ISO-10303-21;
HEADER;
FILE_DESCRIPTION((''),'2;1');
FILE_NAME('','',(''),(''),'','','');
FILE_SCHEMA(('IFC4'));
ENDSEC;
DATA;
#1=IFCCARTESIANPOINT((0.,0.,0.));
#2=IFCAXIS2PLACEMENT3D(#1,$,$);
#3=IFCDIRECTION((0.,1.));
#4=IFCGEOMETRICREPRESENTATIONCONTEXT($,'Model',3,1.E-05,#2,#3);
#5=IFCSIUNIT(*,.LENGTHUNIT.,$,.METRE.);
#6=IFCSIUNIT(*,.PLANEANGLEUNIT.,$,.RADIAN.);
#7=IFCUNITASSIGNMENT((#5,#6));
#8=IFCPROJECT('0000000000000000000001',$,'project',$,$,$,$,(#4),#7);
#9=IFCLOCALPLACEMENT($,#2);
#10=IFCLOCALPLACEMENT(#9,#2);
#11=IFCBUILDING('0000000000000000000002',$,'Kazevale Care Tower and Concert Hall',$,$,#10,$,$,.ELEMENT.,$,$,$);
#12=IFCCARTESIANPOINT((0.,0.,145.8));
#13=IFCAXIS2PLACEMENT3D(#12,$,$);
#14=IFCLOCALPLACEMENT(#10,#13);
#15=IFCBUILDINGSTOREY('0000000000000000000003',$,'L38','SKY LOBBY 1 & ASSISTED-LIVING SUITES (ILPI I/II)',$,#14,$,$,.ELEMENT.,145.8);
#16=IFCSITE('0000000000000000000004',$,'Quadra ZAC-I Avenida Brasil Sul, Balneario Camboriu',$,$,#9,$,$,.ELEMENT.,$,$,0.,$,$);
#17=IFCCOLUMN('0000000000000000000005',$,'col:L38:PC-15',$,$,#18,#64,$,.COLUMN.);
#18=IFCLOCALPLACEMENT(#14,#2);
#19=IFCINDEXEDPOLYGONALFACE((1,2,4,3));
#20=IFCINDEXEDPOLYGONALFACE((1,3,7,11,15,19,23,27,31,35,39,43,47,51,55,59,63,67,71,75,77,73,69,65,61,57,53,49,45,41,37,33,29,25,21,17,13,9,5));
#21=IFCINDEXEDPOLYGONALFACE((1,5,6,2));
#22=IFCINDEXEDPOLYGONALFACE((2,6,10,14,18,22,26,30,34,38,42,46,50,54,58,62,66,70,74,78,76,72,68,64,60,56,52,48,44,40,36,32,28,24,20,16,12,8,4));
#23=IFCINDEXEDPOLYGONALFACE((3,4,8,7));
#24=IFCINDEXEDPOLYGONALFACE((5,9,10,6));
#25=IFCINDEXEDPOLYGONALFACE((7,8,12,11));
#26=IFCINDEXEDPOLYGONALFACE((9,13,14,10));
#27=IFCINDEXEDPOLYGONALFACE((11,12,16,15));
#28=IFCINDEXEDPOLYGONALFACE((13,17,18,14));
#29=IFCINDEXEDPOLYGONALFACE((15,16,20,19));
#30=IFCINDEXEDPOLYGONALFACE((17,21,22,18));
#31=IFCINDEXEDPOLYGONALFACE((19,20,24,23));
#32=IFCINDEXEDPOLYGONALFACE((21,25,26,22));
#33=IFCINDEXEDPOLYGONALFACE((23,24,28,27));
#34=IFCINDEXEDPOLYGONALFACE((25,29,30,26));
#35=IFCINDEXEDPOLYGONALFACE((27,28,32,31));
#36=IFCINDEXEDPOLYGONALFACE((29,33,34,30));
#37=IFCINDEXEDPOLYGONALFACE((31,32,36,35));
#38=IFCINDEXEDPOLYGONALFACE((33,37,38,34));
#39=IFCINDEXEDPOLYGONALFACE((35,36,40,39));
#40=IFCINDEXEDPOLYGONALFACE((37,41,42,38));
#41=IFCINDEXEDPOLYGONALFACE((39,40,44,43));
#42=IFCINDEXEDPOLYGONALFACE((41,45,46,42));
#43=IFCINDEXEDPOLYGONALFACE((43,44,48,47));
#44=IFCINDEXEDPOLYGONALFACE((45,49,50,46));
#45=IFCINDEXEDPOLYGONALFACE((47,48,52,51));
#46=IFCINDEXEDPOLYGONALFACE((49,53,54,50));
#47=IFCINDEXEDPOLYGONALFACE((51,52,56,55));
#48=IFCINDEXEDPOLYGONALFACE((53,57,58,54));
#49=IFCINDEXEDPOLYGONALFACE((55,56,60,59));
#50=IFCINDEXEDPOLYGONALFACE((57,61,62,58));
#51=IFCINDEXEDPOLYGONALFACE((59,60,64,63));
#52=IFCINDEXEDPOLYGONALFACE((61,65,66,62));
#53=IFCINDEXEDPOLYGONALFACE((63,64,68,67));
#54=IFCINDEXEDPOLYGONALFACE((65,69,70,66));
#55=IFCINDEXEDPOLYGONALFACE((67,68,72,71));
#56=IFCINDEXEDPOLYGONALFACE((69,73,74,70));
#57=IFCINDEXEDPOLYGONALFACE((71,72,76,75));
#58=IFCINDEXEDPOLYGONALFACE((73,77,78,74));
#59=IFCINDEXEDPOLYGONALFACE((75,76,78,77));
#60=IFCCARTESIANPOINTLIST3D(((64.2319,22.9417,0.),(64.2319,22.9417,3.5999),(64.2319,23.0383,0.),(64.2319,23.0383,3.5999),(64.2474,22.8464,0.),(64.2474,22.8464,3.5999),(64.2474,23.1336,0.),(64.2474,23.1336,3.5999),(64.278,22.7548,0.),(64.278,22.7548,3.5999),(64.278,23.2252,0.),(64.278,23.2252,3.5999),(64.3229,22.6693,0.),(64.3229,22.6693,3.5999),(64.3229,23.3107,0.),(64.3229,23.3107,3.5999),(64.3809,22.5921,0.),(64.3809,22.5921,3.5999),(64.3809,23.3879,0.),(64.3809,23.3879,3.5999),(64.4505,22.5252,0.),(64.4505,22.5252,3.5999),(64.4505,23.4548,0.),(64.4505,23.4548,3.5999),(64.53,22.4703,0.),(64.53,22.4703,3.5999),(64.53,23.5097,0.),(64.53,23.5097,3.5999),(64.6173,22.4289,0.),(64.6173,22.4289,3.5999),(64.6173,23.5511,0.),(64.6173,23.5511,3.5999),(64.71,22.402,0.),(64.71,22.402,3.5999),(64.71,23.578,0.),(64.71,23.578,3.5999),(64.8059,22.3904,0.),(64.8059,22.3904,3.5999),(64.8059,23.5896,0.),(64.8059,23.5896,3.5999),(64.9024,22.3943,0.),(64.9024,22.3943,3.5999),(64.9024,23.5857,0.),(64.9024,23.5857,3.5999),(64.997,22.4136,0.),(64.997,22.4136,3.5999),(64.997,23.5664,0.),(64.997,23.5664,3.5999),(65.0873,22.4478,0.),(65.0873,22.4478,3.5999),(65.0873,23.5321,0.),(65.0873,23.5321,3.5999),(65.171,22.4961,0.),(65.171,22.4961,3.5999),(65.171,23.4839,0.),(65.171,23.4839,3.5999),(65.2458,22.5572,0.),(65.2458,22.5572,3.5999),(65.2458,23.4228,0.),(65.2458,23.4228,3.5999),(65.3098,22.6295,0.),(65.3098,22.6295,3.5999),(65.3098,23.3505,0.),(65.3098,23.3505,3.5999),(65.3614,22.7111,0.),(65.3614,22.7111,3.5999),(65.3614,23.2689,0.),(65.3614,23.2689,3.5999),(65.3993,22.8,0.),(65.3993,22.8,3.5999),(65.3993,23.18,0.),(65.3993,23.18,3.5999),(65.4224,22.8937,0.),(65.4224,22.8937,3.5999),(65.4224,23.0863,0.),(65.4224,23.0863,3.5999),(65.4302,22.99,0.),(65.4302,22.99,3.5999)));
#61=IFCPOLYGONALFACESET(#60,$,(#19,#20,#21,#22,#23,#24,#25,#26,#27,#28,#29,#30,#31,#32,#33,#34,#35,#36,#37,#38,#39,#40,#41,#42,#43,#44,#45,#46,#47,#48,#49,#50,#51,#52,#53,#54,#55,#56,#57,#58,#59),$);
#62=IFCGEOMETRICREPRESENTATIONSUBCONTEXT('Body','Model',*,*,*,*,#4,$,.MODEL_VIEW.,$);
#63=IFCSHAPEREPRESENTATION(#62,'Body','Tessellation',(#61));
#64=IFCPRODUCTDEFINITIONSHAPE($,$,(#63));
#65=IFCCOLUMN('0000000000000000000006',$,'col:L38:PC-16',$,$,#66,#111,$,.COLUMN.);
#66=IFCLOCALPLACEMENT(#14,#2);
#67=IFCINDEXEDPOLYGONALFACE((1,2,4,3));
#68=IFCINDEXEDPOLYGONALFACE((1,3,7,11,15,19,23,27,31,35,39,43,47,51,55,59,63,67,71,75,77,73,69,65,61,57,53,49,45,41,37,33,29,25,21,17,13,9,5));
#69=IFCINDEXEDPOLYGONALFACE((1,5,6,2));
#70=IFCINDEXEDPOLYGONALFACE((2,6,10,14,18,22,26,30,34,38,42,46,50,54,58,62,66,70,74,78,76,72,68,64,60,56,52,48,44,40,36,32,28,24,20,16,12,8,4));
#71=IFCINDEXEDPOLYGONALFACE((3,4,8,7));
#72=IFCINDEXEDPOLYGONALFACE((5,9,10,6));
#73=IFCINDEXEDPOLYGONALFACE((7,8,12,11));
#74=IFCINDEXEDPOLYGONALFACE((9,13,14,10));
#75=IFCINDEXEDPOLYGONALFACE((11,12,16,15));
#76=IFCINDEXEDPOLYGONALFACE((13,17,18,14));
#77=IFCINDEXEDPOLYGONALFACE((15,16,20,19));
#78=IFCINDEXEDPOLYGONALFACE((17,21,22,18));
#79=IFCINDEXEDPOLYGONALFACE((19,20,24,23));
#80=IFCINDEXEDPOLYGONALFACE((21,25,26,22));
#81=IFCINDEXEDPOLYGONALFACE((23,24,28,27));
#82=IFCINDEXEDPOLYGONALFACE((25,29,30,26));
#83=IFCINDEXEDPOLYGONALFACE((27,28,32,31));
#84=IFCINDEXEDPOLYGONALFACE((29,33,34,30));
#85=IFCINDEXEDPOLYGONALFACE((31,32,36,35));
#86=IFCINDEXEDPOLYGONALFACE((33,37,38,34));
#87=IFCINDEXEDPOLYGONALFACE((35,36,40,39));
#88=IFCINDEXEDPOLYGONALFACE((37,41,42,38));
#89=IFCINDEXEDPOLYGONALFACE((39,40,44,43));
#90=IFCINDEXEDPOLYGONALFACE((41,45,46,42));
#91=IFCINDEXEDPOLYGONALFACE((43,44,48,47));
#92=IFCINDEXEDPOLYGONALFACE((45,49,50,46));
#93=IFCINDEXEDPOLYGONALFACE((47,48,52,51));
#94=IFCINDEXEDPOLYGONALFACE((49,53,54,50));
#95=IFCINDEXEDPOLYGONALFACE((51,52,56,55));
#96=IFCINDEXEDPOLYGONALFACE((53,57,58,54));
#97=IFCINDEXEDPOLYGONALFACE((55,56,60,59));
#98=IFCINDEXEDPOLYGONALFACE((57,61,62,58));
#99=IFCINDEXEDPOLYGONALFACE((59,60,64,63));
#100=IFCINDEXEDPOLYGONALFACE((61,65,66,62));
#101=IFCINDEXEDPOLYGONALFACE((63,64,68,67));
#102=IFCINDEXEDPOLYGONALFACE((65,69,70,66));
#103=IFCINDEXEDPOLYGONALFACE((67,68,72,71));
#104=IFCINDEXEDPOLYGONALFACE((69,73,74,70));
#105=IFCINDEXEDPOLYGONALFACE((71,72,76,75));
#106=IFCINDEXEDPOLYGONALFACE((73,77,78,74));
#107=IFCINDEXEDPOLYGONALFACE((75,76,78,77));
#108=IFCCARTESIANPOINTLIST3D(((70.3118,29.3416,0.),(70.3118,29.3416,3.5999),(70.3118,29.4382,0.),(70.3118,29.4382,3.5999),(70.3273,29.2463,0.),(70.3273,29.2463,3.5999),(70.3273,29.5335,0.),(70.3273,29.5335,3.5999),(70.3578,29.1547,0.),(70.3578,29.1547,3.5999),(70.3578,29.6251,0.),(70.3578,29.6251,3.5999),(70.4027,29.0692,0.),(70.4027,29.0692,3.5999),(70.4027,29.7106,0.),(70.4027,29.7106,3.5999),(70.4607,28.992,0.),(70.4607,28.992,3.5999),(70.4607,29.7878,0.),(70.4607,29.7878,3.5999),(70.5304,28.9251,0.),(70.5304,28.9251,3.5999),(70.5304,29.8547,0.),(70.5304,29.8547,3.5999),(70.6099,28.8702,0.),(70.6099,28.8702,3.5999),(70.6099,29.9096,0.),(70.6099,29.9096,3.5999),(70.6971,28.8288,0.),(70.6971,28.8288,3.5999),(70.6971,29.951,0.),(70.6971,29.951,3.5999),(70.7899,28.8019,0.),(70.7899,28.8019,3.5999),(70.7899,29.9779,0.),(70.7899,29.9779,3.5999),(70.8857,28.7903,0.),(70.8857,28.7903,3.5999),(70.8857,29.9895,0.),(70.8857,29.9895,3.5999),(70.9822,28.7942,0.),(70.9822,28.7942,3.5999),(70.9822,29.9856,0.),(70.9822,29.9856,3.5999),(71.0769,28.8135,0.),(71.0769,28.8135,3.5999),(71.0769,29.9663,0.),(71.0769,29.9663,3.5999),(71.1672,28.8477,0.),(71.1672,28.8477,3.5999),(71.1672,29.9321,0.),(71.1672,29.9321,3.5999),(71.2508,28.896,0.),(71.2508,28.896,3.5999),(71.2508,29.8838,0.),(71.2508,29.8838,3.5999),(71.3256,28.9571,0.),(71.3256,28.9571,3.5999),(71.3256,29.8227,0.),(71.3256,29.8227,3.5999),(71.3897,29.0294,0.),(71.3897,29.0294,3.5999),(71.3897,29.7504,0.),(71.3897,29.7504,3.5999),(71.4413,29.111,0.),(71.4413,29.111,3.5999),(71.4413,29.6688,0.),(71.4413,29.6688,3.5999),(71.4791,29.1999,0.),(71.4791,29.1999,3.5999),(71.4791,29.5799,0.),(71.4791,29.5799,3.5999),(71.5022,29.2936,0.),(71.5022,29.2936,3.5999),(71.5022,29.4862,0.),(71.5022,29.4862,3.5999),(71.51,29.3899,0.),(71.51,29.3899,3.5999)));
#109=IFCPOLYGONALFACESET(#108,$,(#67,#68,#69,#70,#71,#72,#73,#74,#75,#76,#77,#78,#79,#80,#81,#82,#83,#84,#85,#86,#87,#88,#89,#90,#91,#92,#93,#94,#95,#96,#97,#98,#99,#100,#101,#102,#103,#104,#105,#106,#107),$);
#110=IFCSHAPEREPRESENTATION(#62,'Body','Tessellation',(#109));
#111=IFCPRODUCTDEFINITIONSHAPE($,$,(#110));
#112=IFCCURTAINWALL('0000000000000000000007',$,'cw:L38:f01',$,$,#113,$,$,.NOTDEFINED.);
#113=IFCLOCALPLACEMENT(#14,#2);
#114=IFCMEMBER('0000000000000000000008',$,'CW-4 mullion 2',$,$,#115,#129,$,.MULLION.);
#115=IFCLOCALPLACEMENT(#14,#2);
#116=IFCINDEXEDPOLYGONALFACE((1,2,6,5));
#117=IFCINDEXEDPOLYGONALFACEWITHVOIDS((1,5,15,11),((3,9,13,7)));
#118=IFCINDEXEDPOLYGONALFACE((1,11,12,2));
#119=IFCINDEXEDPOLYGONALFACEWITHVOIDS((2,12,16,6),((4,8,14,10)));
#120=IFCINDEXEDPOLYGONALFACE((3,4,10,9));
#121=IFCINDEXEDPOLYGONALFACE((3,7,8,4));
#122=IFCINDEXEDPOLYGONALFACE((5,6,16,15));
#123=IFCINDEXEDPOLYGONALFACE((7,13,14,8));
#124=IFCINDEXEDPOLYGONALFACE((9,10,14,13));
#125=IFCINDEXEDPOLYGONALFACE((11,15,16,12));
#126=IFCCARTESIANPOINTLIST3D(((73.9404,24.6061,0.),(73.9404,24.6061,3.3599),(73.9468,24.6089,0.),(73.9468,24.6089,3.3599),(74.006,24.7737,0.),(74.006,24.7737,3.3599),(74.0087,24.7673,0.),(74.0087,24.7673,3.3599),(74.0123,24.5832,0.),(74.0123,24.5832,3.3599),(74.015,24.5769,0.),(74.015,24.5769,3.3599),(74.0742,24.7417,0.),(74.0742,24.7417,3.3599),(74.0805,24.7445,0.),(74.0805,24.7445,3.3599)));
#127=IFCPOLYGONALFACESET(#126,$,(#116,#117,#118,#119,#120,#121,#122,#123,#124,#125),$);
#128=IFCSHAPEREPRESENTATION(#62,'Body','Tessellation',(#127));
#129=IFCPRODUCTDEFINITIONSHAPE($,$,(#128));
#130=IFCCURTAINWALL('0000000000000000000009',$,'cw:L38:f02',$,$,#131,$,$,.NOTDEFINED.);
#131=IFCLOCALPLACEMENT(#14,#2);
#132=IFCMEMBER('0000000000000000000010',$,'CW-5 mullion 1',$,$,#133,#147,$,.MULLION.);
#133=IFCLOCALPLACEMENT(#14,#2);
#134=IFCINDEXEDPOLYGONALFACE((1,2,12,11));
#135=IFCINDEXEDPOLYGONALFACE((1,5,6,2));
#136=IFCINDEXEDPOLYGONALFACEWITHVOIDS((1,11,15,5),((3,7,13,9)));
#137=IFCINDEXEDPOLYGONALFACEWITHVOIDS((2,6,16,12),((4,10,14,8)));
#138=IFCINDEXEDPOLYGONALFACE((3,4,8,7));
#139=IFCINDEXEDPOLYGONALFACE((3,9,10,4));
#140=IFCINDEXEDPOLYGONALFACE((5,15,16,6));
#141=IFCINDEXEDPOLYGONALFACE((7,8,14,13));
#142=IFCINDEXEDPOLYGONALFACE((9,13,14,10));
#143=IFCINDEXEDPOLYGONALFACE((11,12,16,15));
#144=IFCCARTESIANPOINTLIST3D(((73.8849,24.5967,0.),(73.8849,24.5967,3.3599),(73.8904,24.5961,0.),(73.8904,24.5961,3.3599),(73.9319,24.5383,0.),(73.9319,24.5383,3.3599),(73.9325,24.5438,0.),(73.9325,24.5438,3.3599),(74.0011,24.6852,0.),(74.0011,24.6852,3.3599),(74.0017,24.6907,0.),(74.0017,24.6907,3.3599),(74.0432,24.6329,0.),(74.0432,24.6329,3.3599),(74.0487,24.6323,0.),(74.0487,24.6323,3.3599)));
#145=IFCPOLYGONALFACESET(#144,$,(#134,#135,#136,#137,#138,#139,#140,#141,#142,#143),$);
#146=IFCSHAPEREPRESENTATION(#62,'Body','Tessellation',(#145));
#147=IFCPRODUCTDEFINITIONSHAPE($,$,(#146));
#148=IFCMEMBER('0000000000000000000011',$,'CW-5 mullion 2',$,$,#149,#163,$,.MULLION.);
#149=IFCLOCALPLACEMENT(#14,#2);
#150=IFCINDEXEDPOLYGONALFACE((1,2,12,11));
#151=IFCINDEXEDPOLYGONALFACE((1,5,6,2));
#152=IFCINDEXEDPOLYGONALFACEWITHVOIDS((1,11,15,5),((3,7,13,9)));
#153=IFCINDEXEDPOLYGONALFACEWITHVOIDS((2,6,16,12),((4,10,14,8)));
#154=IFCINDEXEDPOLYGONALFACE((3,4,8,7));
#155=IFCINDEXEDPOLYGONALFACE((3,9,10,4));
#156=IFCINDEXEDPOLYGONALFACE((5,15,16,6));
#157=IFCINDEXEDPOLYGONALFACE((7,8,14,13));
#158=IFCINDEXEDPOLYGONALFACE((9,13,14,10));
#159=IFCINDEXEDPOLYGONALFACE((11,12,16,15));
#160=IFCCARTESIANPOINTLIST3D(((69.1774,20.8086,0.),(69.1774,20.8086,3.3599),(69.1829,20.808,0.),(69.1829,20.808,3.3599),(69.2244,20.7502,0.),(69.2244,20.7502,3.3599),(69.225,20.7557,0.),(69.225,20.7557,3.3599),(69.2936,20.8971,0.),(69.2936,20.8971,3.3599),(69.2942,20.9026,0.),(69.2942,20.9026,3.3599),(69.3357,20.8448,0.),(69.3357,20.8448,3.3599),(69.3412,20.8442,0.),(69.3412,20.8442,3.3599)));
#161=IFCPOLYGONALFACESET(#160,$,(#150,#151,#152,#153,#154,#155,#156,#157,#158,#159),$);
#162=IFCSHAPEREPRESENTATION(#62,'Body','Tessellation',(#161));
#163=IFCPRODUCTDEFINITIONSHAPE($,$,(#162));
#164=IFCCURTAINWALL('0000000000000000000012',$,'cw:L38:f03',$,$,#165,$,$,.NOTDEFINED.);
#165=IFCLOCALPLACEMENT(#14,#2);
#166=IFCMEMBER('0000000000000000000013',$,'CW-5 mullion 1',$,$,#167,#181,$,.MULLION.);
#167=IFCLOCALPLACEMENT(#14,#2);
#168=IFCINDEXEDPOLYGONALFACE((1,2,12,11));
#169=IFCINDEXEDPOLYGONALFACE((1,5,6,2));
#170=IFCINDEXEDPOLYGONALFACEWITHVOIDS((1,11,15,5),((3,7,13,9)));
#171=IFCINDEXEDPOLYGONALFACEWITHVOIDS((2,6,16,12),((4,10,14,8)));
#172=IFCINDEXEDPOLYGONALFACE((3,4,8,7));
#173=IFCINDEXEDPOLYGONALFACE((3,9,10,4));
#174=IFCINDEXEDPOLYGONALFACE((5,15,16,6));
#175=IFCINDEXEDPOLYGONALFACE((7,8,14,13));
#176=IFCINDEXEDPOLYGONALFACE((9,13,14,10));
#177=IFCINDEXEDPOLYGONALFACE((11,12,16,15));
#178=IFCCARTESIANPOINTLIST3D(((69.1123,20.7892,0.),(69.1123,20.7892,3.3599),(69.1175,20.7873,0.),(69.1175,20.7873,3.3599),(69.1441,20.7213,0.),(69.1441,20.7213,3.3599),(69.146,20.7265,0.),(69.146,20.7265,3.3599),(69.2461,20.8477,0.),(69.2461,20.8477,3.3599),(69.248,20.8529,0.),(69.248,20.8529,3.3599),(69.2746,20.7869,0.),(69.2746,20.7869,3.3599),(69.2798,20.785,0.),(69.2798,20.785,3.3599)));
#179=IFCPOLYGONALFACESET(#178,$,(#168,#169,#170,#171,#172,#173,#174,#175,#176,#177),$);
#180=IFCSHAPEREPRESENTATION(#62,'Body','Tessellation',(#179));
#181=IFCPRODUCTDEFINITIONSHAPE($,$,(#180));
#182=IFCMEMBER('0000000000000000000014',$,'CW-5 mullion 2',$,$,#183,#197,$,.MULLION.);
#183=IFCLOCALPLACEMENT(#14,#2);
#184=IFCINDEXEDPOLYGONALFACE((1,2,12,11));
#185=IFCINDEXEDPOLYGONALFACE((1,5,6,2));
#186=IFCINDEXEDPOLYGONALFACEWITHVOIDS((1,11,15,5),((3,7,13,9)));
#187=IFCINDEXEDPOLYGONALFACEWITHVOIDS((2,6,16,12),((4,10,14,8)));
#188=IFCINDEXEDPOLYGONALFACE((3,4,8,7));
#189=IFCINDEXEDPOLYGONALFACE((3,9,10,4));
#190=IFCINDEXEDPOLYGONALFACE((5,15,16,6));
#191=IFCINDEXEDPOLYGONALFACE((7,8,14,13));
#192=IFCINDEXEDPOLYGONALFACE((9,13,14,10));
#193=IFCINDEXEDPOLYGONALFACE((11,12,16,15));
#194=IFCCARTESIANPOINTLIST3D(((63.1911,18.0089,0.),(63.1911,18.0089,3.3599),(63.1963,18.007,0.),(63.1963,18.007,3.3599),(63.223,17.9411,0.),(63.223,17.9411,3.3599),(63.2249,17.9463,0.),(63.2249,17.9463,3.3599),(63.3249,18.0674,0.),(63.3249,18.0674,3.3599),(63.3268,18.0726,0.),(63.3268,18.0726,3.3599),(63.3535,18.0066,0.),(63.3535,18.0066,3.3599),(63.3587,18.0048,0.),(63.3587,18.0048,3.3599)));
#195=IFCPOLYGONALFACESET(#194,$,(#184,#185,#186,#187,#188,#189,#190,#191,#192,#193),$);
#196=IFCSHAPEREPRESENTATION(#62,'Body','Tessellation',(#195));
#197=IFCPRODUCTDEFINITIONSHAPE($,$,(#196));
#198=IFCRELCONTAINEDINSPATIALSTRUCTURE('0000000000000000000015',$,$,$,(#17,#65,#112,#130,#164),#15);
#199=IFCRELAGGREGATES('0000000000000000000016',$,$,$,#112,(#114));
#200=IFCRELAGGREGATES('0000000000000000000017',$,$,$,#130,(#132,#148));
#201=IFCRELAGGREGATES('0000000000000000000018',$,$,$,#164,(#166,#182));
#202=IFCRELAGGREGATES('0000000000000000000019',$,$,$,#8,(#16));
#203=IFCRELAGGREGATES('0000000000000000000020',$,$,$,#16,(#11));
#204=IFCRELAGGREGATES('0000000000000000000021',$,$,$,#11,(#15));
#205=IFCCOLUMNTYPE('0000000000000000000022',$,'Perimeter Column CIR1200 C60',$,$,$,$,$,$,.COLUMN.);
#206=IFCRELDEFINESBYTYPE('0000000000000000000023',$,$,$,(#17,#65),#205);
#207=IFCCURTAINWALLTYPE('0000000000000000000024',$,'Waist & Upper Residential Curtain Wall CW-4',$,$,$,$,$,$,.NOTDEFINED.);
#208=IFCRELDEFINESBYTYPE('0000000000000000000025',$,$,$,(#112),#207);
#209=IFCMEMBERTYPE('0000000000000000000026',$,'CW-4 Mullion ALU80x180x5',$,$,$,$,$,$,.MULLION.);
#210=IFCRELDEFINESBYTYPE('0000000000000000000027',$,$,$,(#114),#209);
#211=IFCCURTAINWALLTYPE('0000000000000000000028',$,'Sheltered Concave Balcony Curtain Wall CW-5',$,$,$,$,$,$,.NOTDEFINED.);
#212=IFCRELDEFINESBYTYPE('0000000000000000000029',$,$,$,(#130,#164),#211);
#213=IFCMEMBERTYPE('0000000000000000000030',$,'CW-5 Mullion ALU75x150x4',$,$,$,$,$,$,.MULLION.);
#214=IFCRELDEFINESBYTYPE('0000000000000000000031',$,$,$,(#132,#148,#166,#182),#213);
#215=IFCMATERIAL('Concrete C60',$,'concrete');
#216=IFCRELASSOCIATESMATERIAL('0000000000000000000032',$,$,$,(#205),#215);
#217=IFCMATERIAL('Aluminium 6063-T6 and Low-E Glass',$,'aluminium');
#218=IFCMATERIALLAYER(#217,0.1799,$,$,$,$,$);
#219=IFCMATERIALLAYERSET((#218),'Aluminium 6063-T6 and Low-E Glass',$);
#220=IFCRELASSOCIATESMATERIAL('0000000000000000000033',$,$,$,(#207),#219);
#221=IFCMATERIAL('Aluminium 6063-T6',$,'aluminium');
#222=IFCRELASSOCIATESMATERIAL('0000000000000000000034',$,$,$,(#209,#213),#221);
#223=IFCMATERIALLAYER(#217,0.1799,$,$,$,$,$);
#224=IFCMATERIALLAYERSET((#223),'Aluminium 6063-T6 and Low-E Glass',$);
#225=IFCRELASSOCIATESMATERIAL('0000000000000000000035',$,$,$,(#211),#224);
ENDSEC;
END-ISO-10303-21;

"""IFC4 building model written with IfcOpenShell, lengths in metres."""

from ifc_helpers import new_model, si_unit, direction, frame, origin, origin_2d, place, context, subcontext, project, spatial, hollow_rectangle, circle, extrude, material, layer, layer_set, material_profile, profile_set, type_object, element, aggregate, save


model = new_model("IFC4")

# Units and contexts
model_context = context("Model", 3, precision=1e-05, world=origin(), true_north=direction((0.0, 1.0)))
body_context = subcontext(model_context, "Body", "Model", "MODEL_VIEW")
ifc_project = project(units=[si_unit("LENGTHUNIT", "METRE"), si_unit("PLANEANGLEUNIT", "RADIAN")], contexts=[model_context])

# Site, building, storey
site_placement = place(None, origin())
site = spatial("IfcSite", under=ifc_project, at=site_placement, Name="Quadra ZAC-I Avenida Brasil Sul, Balneario Camboriu", CompositionType="ELEMENT", RefElevation=0.0)
building_placement = place(site_placement, origin())
building = spatial("IfcBuilding", under=site, at=building_placement, Name="Kazevale Care Tower and Concert Hall", CompositionType="ELEMENT")
storey_placement = place(building_placement, frame((0.0, 0.0, 145.8)))
storey = spatial("IfcBuildingStorey", under=building, at=storey_placement, Name="L38", Description="SKY LOBBY 1 & ASSISTED-LIVING SUITES (ILPI I/II)", CompositionType="ELEMENT", Elevation=145.8)

# Columns
ifc_material_1 = material(Name="Concrete C60", Category="concrete")
ifc_material_profile_1 = material_profile(ifc_material_1, circle(Radius=0.6001, at=origin_2d()), Name="RC-CIR1200")
ifc_profile_set_1 = profile_set([ifc_material_profile_1], Name="Concrete C60")
column_type = type_object("IfcColumnType", Name="Perimeter Column CIR1200 C60", PredefinedType="COLUMN", material=ifc_profile_set_1)
for number, where, z_axis, x_axis, name in (
    (1, (64.8301, 22.99, 0.0), (0.0, 0.0, 1.0), (1.0, 0.0, 0.0), "col:L38:PC-15"),
    (2, (70.9099, 29.3899, 0.0), (0.0, 0.0, 1.0), (1.0, 0.0, 0.0), "col:L38:PC-16"),
):
    element("IfcColumn", number, at=place(storey_placement, frame(where, z_axis=z_axis, x_axis=x_axis)), inside=storey, type_object=column_type, Name=name, PredefinedType="COLUMN", context=body_context, shape_type="SweptSolid", body=[
        extrude(circle(Radius=0.6001, at=origin_2d()), origin(), (0.0, 0.0, 1.0), 3.5999),
    ])

# Curtain wall, member
ifc_material_2 = material(Name="Aluminium 6063-T6 and Low-E Glass", Category="aluminium")
ifc_layer_1 = layer(ifc_material_2, 0.1799)
ifc_layer_set_1 = layer_set([ifc_layer_1], Name="Aluminium 6063-T6 and Low-E Glass")
curtain_wall_type_1 = type_object("IfcCurtainWallType", Name="Waist & Upper Residential Curtain Wall CW-4", PredefinedType="NOTDEFINED", material=ifc_layer_set_1)
curtain_wall_1_placement = place(storey_placement, origin())
curtain_wall_1 = element("IfcCurtainWall", 3, at=curtain_wall_1_placement, inside=storey, type_object=curtain_wall_type_1, Name="cw:L38:f01", PredefinedType="NOTDEFINED")
ifc_material_3 = material(Name="Aluminium 6063-T6", Category="aluminium")
ifc_material_profile_2 = material_profile(ifc_material_3, hollow_rectangle(XDim=0.0801, YDim=0.1799, WallThickness=0.0049, at=origin_2d()), Name="ALU80x180x5")
ifc_profile_set_2 = profile_set([ifc_material_profile_2], Name="Aluminium 6063-T6")
member_type_1 = type_object("IfcMemberType", Name="CW-4 Mullion ALU80x180x5", PredefinedType="MULLION", material=ifc_profile_set_2)
member_1_placement = place(storey_placement, frame((74.0105, 24.6753, 0.0), z_axis=(0.0, 0.0, 1.0), x_axis=(0.931352, -0.364121, 0.0)))
member_1 = element("IfcMember", 4, at=member_1_placement, type_object=member_type_1, Name="CW-4 mullion 2", PredefinedType="MULLION", context=body_context, shape_type="SweptSolid", body=[
    extrude(hollow_rectangle(XDim=0.0801, YDim=0.1799, WallThickness=0.0049, at=origin_2d()), origin(), (0.0, 0.0, 1.0), 3.3599),
])
aggregate(curtain_wall_1, [member_1])

# Curtain walls, members
ifc_layer_2 = layer(ifc_material_2, 0.1799)
ifc_layer_set_2 = layer_set([ifc_layer_2], Name="Aluminium 6063-T6 and Low-E Glass")
curtain_wall_type_2 = type_object("IfcCurtainWallType", Name="Sheltered Concave Balcony Curtain Wall CW-5", PredefinedType="NOTDEFINED", material=ifc_layer_set_2)
curtain_wall_2_placement = place(storey_placement, origin())
curtain_wall_2 = element("IfcCurtainWall", 5, at=curtain_wall_2_placement, inside=storey, type_object=curtain_wall_type_2, Name="cw:L38:f02", PredefinedType="NOTDEFINED")
ifc_material_profile_3 = material_profile(ifc_material_3, hollow_rectangle(XDim=0.075, YDim=0.1499, WallThickness=0.0039, at=origin_2d()), Name="ALU75x150x4")
ifc_profile_set_3 = profile_set([ifc_material_profile_3], Name="Aluminium 6063-T6")
member_type_2 = type_object("IfcMemberType", Name="CW-5 Mullion ALU75x150x4", PredefinedType="MULLION", material=ifc_profile_set_3)
member_2_placement = place(storey_placement, frame((73.9668, 24.6145, 0.0), z_axis=(0.0, 0.0, 1.0), x_axis=(0.626905, -0.779095, 0.0)))
member_2 = element("IfcMember", 6, at=member_2_placement, type_object=member_type_2, Name="CW-5 mullion 1", PredefinedType="MULLION", context=body_context, shape_type="SweptSolid", body=[
    extrude(hollow_rectangle(XDim=0.075, YDim=0.1499, WallThickness=0.0039, at=origin_2d()), origin(), (0.0, 0.0, 1.0), 3.3599),
])
member_3_placement = place(storey_placement, frame((69.2593, 20.8264, 0.0), z_axis=(0.0, 0.0, 1.0), x_axis=(0.626905, -0.779095, 0.0)))
member_3 = element("IfcMember", 7, at=member_3_placement, type_object=member_type_2, Name="CW-5 mullion 2", PredefinedType="MULLION", context=body_context, shape_type="SweptSolid", body=[
    extrude(hollow_rectangle(XDim=0.075, YDim=0.1499, WallThickness=0.0039, at=origin_2d()), origin(), (0.0, 0.0, 1.0), 3.3599),
])
curtain_wall_3_placement = place(storey_placement, origin())
curtain_wall_3 = element("IfcCurtainWall", 8, at=curtain_wall_3_placement, inside=storey, type_object=curtain_wall_type_2, Name="cw:L38:f03", PredefinedType="NOTDEFINED")
member_4_placement = place(storey_placement, frame((69.196, 20.7871, 0.0), z_axis=(0.0, 0.0, 1.0), x_axis=(0.425011, -0.905188, 0.0)))
member_4 = element("IfcMember", 9, at=member_4_placement, type_object=member_type_2, Name="CW-5 mullion 1", PredefinedType="MULLION", context=body_context, shape_type="SweptSolid", body=[
    extrude(hollow_rectangle(XDim=0.075, YDim=0.1499, WallThickness=0.0039, at=origin_2d()), origin(), (0.0, 0.0, 1.0), 3.3599),
])
member_5_placement = place(storey_placement, frame((63.2749, 18.0068, 0.0), z_axis=(0.0, 0.0, 1.0), x_axis=(0.425011, -0.905188, 0.0)))
member_5 = element("IfcMember", 10, at=member_5_placement, type_object=member_type_2, Name="CW-5 mullion 2", PredefinedType="MULLION", context=body_context, shape_type="SweptSolid", body=[
    extrude(hollow_rectangle(XDim=0.075, YDim=0.1499, WallThickness=0.0039, at=origin_2d()), origin(), (0.0, 0.0, 1.0), 3.3599),
])

aggregate(curtain_wall_2, [member_2, member_3])
aggregate(curtain_wall_3, [member_4, member_5])

save(model, "model.ifc")
